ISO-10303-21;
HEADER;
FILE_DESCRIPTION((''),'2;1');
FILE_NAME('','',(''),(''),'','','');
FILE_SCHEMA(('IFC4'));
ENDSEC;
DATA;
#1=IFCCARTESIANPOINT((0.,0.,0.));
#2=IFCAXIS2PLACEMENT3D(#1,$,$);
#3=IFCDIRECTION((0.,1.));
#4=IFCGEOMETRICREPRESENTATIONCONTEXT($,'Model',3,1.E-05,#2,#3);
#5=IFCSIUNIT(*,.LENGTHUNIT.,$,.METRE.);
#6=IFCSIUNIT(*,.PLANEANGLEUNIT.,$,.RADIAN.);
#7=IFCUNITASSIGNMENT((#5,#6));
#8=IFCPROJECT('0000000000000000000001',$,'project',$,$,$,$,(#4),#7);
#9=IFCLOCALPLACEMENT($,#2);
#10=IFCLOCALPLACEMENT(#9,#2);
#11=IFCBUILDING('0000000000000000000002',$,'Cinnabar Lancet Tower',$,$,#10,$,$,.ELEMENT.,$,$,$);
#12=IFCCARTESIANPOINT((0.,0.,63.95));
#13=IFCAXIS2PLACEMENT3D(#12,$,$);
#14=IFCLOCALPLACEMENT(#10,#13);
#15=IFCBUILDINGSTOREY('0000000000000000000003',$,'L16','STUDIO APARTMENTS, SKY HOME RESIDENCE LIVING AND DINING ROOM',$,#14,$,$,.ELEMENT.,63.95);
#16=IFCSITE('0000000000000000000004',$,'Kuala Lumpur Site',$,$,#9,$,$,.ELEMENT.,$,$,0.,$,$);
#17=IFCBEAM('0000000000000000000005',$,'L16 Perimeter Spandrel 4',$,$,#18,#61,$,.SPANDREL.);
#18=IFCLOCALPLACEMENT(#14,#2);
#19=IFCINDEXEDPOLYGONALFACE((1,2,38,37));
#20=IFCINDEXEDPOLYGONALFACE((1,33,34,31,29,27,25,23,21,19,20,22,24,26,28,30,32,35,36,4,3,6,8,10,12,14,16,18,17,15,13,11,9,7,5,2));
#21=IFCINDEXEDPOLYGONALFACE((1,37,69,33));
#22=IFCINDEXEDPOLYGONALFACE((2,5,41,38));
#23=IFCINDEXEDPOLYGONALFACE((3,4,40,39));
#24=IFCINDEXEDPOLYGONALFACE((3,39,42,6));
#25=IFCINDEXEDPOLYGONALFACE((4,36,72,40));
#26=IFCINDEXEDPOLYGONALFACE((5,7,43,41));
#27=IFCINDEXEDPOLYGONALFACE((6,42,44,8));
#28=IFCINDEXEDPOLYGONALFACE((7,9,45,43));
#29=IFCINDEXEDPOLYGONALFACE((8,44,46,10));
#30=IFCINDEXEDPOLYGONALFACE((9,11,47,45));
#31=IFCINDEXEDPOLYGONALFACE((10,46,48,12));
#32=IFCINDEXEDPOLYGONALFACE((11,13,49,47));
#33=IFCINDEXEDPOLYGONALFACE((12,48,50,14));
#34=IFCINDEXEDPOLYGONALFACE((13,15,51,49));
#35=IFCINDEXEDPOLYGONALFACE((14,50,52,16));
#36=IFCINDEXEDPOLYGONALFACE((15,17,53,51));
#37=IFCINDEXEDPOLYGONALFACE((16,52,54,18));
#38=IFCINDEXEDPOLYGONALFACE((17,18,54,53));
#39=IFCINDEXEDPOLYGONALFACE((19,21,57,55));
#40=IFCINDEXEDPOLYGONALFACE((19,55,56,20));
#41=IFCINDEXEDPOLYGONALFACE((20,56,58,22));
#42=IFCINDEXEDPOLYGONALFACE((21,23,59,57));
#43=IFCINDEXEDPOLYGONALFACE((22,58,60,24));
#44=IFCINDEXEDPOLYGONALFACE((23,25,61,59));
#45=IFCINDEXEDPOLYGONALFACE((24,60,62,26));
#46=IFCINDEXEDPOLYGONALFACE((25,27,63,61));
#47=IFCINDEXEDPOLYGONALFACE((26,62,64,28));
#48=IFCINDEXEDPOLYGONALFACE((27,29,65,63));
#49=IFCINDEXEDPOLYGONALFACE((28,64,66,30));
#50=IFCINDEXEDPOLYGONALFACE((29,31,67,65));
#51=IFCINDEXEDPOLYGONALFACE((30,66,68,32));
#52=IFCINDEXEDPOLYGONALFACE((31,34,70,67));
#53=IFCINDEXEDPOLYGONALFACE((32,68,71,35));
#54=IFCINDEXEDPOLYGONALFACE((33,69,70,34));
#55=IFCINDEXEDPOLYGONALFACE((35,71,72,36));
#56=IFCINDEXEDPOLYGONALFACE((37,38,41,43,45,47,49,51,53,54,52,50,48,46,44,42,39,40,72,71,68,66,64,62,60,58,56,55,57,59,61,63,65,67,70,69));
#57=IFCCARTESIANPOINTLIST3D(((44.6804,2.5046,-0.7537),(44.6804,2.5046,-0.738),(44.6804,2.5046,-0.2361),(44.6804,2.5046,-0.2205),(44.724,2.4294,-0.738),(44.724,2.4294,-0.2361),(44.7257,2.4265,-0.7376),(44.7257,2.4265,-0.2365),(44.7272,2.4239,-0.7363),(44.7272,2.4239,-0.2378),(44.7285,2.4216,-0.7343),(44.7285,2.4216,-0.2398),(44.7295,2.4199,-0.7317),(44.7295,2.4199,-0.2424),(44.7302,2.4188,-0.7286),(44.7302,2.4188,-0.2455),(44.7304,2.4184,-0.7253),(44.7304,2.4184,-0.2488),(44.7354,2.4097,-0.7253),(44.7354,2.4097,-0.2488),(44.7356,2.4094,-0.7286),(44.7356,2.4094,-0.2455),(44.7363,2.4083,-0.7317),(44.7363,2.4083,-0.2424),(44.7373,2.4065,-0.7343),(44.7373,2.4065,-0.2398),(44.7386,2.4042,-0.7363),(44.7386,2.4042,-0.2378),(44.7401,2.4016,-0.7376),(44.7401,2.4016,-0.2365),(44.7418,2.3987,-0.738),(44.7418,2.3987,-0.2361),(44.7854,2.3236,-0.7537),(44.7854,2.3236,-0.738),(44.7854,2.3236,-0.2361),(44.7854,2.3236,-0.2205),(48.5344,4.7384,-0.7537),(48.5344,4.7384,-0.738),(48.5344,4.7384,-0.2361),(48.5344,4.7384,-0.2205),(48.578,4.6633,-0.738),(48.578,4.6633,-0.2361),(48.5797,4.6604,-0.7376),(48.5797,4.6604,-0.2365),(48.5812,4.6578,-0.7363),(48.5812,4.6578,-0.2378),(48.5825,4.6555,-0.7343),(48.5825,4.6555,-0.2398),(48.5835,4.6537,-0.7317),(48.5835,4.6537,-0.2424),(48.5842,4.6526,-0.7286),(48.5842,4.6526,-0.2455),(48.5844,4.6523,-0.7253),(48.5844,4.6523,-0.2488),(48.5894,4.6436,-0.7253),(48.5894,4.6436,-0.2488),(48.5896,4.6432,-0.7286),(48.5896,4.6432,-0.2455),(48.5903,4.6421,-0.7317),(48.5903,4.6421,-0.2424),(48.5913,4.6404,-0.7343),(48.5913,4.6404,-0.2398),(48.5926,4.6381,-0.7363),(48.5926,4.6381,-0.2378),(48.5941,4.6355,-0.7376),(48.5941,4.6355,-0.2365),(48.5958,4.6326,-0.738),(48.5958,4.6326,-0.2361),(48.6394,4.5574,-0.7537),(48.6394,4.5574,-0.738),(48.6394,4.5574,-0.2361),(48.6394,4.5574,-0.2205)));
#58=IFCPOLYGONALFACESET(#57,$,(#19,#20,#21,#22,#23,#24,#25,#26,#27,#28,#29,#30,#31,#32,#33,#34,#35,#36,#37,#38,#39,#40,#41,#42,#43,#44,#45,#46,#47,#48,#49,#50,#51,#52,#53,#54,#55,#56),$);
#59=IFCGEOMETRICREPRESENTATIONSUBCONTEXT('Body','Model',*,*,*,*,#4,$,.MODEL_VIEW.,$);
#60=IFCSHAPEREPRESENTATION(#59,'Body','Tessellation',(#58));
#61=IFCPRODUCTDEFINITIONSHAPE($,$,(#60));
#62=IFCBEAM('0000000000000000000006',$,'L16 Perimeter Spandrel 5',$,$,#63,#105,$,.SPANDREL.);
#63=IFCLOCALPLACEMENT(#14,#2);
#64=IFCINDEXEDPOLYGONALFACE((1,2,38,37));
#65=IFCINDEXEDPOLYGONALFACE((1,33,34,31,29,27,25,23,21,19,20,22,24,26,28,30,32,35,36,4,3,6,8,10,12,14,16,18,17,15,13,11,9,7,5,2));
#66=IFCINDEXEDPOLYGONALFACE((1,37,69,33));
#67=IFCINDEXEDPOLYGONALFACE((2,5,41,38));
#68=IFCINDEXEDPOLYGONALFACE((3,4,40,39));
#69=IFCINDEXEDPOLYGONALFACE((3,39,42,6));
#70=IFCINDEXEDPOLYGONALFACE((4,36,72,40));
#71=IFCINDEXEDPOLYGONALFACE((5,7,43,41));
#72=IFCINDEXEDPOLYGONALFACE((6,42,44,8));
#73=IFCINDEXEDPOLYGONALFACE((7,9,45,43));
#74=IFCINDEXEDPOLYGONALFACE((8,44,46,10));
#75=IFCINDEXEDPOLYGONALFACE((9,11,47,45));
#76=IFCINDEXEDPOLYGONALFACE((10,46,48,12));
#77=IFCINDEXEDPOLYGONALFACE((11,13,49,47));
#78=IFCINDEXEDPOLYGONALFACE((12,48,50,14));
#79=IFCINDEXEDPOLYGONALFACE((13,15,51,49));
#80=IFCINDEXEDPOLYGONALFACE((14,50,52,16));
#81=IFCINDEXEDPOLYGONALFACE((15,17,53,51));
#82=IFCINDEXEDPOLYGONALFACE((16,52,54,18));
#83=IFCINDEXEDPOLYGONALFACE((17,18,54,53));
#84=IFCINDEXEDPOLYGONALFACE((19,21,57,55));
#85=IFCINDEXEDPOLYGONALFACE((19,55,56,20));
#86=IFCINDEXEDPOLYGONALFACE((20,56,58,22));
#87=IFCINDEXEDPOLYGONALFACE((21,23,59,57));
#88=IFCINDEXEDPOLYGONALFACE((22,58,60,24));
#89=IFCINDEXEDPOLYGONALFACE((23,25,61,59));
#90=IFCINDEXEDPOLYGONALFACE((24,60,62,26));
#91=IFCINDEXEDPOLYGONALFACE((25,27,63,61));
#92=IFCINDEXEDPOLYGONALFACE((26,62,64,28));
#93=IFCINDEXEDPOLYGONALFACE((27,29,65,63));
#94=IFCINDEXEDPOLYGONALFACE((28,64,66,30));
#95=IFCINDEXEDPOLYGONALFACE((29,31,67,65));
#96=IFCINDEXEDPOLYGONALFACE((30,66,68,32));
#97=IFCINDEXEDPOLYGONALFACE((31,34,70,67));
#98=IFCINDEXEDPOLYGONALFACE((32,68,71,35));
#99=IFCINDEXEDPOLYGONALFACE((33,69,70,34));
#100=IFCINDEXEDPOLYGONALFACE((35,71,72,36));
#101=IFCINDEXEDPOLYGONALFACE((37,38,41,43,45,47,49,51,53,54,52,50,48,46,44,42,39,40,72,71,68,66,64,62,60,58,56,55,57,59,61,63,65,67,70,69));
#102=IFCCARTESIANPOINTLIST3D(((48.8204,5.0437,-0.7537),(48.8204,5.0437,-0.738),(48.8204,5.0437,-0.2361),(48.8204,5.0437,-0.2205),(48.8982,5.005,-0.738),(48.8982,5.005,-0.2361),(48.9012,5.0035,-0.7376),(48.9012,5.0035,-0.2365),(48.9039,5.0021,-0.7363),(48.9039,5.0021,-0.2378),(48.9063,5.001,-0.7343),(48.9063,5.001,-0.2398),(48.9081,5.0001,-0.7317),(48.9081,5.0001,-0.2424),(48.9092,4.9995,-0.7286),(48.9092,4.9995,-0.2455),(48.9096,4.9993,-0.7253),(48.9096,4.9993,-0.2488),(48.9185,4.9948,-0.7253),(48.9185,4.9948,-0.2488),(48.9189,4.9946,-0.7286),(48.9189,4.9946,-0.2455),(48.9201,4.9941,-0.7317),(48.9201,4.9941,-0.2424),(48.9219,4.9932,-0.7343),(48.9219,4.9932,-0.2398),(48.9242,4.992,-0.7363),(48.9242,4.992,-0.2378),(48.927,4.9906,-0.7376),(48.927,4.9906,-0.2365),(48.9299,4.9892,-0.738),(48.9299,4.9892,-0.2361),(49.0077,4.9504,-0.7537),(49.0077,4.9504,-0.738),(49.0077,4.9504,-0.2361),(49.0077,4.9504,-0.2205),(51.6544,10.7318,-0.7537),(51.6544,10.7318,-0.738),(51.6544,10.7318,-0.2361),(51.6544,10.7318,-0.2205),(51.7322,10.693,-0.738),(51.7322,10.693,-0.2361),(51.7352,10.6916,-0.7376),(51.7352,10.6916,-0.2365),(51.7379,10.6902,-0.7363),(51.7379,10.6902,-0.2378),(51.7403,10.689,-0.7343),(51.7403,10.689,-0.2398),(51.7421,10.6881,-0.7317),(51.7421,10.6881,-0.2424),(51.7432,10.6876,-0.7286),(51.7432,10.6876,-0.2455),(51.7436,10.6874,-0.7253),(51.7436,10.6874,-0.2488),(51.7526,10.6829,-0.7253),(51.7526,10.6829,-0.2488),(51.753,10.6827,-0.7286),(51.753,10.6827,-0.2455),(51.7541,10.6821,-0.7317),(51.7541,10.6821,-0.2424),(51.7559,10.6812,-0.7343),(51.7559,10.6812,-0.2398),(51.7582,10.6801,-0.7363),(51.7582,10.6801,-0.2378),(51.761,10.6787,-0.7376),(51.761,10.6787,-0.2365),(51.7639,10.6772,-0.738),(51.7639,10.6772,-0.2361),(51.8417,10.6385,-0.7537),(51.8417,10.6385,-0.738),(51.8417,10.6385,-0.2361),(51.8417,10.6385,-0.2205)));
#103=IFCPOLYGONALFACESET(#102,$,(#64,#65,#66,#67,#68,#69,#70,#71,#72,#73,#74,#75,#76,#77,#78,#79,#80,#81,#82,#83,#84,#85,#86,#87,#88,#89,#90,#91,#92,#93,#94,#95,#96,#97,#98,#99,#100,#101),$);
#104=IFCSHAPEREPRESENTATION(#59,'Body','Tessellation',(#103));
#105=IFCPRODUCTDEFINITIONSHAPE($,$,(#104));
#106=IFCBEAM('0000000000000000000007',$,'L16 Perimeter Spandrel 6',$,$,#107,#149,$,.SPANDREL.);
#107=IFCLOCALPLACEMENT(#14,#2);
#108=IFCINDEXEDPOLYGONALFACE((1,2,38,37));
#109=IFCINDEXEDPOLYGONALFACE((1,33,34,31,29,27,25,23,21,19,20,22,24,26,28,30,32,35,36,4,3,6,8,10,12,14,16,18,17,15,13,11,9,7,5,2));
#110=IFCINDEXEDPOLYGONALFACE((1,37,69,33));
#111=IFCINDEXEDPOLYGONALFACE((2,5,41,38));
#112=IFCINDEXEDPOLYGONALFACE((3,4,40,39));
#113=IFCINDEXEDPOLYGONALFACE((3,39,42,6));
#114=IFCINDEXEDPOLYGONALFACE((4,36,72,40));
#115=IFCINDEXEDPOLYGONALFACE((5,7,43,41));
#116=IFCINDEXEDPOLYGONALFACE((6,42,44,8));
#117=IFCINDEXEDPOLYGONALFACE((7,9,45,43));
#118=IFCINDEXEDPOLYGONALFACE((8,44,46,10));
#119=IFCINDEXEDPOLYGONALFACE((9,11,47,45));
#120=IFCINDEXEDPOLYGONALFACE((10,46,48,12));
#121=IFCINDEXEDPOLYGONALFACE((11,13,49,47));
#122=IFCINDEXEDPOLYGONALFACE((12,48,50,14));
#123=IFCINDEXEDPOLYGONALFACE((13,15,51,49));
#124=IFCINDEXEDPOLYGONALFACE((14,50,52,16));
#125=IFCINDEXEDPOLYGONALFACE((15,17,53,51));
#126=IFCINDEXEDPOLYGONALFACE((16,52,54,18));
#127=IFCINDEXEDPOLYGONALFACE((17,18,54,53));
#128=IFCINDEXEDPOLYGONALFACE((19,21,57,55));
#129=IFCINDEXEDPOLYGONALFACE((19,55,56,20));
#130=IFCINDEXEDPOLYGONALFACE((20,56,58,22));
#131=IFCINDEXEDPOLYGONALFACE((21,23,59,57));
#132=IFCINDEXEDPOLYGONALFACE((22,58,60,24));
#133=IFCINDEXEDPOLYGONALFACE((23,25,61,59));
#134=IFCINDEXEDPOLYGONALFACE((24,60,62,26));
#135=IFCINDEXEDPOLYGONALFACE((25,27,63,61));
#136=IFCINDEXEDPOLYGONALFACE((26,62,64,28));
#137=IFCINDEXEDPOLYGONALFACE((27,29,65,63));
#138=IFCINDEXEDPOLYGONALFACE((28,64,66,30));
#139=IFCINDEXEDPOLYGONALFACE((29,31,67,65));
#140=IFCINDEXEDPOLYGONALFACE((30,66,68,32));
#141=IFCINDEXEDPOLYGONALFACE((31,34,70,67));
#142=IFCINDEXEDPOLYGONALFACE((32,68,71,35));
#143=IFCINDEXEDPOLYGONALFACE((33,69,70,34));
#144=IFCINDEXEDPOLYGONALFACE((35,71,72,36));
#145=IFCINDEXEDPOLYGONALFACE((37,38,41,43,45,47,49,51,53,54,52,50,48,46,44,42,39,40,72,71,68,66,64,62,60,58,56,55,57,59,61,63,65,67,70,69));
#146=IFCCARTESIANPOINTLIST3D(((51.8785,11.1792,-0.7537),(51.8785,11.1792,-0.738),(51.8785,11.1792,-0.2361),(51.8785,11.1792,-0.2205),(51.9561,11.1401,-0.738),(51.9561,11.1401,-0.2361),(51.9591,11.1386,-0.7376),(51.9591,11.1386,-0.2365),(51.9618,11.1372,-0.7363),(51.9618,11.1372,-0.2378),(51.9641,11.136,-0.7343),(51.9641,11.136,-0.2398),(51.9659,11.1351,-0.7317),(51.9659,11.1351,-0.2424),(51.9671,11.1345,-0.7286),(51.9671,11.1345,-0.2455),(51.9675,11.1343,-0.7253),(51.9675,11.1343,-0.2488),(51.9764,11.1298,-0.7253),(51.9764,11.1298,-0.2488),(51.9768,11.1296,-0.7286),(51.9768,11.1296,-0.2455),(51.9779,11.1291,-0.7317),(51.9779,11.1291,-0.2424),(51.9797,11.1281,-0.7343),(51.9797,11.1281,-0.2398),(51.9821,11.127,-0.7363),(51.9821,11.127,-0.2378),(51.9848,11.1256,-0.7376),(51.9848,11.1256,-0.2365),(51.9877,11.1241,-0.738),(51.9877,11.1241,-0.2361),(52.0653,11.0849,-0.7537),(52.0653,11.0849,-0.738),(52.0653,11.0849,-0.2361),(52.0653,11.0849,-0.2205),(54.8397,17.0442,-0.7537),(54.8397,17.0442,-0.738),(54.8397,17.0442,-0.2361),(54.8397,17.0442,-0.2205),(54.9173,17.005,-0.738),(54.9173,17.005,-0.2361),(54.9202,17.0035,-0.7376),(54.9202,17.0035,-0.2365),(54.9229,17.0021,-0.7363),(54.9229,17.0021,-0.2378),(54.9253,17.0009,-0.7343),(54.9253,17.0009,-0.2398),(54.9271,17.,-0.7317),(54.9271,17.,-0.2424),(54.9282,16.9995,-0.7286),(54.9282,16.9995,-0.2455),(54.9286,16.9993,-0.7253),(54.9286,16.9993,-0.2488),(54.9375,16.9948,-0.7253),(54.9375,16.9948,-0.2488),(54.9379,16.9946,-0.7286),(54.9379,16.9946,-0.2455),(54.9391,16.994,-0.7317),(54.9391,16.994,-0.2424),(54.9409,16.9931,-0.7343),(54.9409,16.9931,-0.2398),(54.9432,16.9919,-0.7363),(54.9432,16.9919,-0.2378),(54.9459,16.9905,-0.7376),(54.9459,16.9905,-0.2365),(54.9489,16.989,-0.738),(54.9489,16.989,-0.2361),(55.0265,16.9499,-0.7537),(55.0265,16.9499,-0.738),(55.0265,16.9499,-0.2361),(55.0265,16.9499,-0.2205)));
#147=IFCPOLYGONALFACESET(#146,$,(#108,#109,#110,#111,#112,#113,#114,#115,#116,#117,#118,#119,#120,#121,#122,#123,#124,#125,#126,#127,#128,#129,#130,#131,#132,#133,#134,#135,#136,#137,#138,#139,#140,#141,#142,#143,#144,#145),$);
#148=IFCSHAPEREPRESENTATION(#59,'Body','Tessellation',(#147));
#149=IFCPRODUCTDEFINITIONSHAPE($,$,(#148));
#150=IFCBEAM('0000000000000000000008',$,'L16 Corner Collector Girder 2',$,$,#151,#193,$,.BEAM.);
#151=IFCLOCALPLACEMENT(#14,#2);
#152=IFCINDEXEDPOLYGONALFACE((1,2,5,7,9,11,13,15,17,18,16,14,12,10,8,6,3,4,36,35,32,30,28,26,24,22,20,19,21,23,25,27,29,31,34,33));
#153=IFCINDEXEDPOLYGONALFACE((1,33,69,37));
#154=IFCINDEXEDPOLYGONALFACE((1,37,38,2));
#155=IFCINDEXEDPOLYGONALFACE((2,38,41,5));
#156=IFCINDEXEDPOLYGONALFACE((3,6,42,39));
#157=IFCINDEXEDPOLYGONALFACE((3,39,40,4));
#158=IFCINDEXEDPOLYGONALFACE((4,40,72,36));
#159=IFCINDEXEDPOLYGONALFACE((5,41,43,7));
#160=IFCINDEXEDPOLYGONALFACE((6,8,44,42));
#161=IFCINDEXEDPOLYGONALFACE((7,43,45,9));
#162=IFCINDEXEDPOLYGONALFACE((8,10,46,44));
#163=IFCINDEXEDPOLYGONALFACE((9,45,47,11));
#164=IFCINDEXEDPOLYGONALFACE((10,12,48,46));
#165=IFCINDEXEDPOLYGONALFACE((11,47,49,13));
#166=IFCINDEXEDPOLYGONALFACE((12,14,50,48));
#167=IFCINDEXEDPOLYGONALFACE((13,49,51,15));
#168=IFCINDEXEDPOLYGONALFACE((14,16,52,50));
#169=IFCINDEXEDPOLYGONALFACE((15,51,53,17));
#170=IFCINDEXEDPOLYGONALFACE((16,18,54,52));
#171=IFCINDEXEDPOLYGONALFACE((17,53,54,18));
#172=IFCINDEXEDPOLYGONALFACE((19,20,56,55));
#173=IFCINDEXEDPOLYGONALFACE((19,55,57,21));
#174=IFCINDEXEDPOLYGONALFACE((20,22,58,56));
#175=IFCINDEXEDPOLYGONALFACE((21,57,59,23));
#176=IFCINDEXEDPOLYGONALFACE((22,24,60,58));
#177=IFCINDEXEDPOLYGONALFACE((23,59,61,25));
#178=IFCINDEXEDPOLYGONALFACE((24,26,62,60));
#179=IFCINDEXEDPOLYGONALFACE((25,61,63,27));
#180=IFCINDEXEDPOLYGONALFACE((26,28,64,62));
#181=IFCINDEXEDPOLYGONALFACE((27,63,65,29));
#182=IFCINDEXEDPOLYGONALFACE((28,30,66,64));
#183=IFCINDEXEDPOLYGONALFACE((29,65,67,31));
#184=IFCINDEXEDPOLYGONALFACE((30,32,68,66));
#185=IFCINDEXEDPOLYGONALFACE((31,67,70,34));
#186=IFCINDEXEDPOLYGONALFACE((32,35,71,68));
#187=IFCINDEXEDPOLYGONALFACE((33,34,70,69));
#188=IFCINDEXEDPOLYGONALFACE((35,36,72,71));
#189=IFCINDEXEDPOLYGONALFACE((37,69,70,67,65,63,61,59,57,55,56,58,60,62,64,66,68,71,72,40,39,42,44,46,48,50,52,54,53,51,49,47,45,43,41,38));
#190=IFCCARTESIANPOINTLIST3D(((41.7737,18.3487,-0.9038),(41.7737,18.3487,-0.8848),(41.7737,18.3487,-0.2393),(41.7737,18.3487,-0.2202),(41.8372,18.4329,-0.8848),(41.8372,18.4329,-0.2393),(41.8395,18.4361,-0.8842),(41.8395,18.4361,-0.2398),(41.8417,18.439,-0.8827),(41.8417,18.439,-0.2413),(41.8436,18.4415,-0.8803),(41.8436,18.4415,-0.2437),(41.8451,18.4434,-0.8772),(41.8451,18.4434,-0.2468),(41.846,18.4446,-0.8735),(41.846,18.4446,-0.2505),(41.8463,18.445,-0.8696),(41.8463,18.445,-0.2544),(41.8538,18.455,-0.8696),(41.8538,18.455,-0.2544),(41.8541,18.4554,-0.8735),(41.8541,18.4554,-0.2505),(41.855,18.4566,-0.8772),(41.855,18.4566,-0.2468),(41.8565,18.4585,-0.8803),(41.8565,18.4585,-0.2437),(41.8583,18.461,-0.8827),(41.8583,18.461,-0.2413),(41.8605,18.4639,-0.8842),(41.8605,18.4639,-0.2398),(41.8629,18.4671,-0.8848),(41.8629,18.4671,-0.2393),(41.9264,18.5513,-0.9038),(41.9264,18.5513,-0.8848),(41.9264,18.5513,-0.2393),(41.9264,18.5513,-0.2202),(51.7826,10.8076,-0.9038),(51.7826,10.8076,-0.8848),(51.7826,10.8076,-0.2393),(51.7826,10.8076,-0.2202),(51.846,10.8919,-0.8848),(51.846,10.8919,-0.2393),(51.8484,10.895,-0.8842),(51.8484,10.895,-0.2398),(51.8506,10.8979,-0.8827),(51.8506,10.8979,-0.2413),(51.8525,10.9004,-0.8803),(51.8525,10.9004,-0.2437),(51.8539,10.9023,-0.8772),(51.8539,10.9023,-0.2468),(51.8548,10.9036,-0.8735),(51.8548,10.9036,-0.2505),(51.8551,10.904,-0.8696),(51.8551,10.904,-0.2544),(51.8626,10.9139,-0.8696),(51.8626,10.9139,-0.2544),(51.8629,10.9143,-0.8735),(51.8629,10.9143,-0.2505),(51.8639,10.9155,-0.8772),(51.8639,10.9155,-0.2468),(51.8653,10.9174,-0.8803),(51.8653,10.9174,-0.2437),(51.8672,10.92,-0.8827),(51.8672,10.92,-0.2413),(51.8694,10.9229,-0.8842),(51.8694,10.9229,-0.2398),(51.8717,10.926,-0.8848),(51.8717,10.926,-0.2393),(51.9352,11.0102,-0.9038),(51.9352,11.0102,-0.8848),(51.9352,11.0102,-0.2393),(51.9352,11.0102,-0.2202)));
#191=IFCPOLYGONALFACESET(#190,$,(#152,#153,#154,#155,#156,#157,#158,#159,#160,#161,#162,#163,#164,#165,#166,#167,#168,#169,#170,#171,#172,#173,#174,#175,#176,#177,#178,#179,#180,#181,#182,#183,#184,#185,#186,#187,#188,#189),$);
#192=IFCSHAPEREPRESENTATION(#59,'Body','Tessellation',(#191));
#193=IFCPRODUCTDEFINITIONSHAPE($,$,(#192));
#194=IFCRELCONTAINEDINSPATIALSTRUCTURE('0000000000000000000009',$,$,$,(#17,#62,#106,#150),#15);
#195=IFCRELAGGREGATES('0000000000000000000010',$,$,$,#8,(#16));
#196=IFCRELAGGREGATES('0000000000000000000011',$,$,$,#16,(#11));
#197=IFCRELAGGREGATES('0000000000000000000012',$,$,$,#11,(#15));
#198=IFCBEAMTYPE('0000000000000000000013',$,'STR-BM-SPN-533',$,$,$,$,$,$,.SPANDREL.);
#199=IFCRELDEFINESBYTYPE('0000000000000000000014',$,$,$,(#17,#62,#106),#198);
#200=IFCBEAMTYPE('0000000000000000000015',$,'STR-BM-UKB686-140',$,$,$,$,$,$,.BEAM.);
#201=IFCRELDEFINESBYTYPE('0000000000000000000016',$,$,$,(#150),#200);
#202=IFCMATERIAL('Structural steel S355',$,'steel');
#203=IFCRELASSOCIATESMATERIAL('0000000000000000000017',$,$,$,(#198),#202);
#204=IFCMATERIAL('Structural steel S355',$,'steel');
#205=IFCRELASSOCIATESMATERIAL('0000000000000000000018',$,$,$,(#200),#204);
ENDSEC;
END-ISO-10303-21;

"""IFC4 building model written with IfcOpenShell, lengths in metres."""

from ifc_helpers import new_model, si_unit, direction, frame, origin, origin_2d, place, context, subcontext, project, spatial, i_section, extrude, material, material_profile, profile_set, type_object, element, save


model = new_model("IFC4")

# Units and contexts
model_context = context("Model", 3, precision=1e-05, world=origin(), true_north=direction((0.0, 1.0)))
body_context = subcontext(model_context, "Body", "Model", "MODEL_VIEW")
ifc_project = project(units=[si_unit("LENGTHUNIT", "METRE"), si_unit("PLANEANGLEUNIT", "RADIAN")], contexts=[model_context])

# Site, building, storey
site_placement = place(None, origin())
site = spatial("IfcSite", under=ifc_project, at=site_placement, Name="Kuala Lumpur Site", CompositionType="ELEMENT", RefElevation=0.0)
building_placement = place(site_placement, origin())
building = spatial("IfcBuilding", under=site, at=building_placement, Name="Cinnabar Lancet Tower", CompositionType="ELEMENT")
storey_placement = place(building_placement, frame((0.0, 0.0, 63.95)))
storey = spatial("IfcBuildingStorey", under=building, at=storey_placement, Name="L16", Description="STUDIO APARTMENTS, SKY HOME RESIDENCE LIVING AND DINING ROOM", CompositionType="ELEMENT", Elevation=63.95)

# Beams
ifc_material_1 = material(Name="Structural steel S355", Category="steel")
ifc_material_profile_1 = material_profile(ifc_material_1, i_section(OverallWidth=0.2092, OverallDepth=0.5332, WebThickness=0.01, FlangeThickness=0.0156, FilletRadius=0.0127, at=origin_2d()), Name="UKB 533x210x92")
ifc_profile_set_1 = profile_set([ifc_material_profile_1], Name="Structural steel S355")
beam_type_1 = type_object("IfcBeamType", Name="STR-BM-SPN-533", PredefinedType="SPANDREL", material=ifc_profile_set_1)
beam_1_placement = place(storey_placement, frame((44.7329, 2.4141, -0.4871), z_axis=(0.865171, 0.501477, 0.0), x_axis=(-0.501477, 0.865171, 0.0)))
element("IfcBeam", 1, at=beam_1_placement, inside=storey, type_object=beam_type_1, Name="L16 Perimeter Spandrel 4", PredefinedType="SPANDREL", context=body_context, shape_type="SweptSolid", body=[
    extrude(i_section(OverallWidth=0.2092, OverallDepth=0.5332, WebThickness=0.01, FlangeThickness=0.0156, FilletRadius=0.0127, at=origin_2d()), origin(), (0.0, 0.0, 1.0), 4.4546),
])
beam_2_placement = place(storey_placement, frame((48.9141, 4.9971, -0.4871), z_axis=(0.445953, 0.895056, 0.0), x_axis=(-0.895056, 0.445953, 0.0)))
element("IfcBeam", 2, at=beam_2_placement, inside=storey, type_object=beam_type_1, Name="L16 Perimeter Spandrel 5", PredefinedType="SPANDREL", context=body_context, shape_type="SweptSolid", body=[
    extrude(i_section(OverallWidth=0.2092, OverallDepth=0.5332, WebThickness=0.01, FlangeThickness=0.0156, FilletRadius=0.0127, at=origin_2d()), origin(), (0.0, 0.0, 1.0), 6.355),
])
beam_3_placement = place(storey_placement, frame((51.9719, 11.1321, -0.4871), z_axis=(0.450703, 0.892674, 0.0), x_axis=(-0.892674, 0.450703, 0.0)))
element("IfcBeam", 3, at=beam_3_placement, inside=storey, type_object=beam_type_1, Name="L16 Perimeter Spandrel 6", PredefinedType="SPANDREL", context=body_context, shape_type="SweptSolid", body=[
    extrude(i_section(OverallWidth=0.2092, OverallDepth=0.5332, WebThickness=0.01, FlangeThickness=0.0156, FilletRadius=0.0127, at=origin_2d()), origin(), (0.0, 0.0, 1.0), 6.5701),
])
ifc_material_2 = material(Name="Structural steel S355", Category="steel")
ifc_material_profile_2 = material_profile(ifc_material_2, i_section(OverallWidth=0.2537, OverallDepth=0.6836, WebThickness=0.0125, FlangeThickness=0.019, FilletRadius=0.0151, at=origin_2d()), Name="UKB 686x254x140")
ifc_profile_set_2 = profile_set([ifc_material_profile_2], Name="Structural steel S355")
beam_type_2 = type_object("IfcBeamType", Name="STR-BM-UKB686-140", PredefinedType="BEAM", material=ifc_profile_set_2)
beam_4_placement = place(storey_placement, frame((51.8589, 10.9089, -0.562), z_axis=(-0.79868, 0.601757, 0.0), x_axis=(-0.601757, -0.79868, 0.0)))
element("IfcBeam", 4, at=beam_4_placement, inside=storey, type_object=beam_type_2, Name="L16 Corner Collector Girder 2", PredefinedType="BEAM", context=body_context, shape_type="SweptSolid", body=[
    extrude(i_section(OverallWidth=0.2537, OverallDepth=0.6836, WebThickness=0.0125, FlangeThickness=0.019, FilletRadius=0.0151, at=origin_2d()), origin(), (0.0, 0.0, 1.0), 12.5317),
])

save(model, "model.ifc")
